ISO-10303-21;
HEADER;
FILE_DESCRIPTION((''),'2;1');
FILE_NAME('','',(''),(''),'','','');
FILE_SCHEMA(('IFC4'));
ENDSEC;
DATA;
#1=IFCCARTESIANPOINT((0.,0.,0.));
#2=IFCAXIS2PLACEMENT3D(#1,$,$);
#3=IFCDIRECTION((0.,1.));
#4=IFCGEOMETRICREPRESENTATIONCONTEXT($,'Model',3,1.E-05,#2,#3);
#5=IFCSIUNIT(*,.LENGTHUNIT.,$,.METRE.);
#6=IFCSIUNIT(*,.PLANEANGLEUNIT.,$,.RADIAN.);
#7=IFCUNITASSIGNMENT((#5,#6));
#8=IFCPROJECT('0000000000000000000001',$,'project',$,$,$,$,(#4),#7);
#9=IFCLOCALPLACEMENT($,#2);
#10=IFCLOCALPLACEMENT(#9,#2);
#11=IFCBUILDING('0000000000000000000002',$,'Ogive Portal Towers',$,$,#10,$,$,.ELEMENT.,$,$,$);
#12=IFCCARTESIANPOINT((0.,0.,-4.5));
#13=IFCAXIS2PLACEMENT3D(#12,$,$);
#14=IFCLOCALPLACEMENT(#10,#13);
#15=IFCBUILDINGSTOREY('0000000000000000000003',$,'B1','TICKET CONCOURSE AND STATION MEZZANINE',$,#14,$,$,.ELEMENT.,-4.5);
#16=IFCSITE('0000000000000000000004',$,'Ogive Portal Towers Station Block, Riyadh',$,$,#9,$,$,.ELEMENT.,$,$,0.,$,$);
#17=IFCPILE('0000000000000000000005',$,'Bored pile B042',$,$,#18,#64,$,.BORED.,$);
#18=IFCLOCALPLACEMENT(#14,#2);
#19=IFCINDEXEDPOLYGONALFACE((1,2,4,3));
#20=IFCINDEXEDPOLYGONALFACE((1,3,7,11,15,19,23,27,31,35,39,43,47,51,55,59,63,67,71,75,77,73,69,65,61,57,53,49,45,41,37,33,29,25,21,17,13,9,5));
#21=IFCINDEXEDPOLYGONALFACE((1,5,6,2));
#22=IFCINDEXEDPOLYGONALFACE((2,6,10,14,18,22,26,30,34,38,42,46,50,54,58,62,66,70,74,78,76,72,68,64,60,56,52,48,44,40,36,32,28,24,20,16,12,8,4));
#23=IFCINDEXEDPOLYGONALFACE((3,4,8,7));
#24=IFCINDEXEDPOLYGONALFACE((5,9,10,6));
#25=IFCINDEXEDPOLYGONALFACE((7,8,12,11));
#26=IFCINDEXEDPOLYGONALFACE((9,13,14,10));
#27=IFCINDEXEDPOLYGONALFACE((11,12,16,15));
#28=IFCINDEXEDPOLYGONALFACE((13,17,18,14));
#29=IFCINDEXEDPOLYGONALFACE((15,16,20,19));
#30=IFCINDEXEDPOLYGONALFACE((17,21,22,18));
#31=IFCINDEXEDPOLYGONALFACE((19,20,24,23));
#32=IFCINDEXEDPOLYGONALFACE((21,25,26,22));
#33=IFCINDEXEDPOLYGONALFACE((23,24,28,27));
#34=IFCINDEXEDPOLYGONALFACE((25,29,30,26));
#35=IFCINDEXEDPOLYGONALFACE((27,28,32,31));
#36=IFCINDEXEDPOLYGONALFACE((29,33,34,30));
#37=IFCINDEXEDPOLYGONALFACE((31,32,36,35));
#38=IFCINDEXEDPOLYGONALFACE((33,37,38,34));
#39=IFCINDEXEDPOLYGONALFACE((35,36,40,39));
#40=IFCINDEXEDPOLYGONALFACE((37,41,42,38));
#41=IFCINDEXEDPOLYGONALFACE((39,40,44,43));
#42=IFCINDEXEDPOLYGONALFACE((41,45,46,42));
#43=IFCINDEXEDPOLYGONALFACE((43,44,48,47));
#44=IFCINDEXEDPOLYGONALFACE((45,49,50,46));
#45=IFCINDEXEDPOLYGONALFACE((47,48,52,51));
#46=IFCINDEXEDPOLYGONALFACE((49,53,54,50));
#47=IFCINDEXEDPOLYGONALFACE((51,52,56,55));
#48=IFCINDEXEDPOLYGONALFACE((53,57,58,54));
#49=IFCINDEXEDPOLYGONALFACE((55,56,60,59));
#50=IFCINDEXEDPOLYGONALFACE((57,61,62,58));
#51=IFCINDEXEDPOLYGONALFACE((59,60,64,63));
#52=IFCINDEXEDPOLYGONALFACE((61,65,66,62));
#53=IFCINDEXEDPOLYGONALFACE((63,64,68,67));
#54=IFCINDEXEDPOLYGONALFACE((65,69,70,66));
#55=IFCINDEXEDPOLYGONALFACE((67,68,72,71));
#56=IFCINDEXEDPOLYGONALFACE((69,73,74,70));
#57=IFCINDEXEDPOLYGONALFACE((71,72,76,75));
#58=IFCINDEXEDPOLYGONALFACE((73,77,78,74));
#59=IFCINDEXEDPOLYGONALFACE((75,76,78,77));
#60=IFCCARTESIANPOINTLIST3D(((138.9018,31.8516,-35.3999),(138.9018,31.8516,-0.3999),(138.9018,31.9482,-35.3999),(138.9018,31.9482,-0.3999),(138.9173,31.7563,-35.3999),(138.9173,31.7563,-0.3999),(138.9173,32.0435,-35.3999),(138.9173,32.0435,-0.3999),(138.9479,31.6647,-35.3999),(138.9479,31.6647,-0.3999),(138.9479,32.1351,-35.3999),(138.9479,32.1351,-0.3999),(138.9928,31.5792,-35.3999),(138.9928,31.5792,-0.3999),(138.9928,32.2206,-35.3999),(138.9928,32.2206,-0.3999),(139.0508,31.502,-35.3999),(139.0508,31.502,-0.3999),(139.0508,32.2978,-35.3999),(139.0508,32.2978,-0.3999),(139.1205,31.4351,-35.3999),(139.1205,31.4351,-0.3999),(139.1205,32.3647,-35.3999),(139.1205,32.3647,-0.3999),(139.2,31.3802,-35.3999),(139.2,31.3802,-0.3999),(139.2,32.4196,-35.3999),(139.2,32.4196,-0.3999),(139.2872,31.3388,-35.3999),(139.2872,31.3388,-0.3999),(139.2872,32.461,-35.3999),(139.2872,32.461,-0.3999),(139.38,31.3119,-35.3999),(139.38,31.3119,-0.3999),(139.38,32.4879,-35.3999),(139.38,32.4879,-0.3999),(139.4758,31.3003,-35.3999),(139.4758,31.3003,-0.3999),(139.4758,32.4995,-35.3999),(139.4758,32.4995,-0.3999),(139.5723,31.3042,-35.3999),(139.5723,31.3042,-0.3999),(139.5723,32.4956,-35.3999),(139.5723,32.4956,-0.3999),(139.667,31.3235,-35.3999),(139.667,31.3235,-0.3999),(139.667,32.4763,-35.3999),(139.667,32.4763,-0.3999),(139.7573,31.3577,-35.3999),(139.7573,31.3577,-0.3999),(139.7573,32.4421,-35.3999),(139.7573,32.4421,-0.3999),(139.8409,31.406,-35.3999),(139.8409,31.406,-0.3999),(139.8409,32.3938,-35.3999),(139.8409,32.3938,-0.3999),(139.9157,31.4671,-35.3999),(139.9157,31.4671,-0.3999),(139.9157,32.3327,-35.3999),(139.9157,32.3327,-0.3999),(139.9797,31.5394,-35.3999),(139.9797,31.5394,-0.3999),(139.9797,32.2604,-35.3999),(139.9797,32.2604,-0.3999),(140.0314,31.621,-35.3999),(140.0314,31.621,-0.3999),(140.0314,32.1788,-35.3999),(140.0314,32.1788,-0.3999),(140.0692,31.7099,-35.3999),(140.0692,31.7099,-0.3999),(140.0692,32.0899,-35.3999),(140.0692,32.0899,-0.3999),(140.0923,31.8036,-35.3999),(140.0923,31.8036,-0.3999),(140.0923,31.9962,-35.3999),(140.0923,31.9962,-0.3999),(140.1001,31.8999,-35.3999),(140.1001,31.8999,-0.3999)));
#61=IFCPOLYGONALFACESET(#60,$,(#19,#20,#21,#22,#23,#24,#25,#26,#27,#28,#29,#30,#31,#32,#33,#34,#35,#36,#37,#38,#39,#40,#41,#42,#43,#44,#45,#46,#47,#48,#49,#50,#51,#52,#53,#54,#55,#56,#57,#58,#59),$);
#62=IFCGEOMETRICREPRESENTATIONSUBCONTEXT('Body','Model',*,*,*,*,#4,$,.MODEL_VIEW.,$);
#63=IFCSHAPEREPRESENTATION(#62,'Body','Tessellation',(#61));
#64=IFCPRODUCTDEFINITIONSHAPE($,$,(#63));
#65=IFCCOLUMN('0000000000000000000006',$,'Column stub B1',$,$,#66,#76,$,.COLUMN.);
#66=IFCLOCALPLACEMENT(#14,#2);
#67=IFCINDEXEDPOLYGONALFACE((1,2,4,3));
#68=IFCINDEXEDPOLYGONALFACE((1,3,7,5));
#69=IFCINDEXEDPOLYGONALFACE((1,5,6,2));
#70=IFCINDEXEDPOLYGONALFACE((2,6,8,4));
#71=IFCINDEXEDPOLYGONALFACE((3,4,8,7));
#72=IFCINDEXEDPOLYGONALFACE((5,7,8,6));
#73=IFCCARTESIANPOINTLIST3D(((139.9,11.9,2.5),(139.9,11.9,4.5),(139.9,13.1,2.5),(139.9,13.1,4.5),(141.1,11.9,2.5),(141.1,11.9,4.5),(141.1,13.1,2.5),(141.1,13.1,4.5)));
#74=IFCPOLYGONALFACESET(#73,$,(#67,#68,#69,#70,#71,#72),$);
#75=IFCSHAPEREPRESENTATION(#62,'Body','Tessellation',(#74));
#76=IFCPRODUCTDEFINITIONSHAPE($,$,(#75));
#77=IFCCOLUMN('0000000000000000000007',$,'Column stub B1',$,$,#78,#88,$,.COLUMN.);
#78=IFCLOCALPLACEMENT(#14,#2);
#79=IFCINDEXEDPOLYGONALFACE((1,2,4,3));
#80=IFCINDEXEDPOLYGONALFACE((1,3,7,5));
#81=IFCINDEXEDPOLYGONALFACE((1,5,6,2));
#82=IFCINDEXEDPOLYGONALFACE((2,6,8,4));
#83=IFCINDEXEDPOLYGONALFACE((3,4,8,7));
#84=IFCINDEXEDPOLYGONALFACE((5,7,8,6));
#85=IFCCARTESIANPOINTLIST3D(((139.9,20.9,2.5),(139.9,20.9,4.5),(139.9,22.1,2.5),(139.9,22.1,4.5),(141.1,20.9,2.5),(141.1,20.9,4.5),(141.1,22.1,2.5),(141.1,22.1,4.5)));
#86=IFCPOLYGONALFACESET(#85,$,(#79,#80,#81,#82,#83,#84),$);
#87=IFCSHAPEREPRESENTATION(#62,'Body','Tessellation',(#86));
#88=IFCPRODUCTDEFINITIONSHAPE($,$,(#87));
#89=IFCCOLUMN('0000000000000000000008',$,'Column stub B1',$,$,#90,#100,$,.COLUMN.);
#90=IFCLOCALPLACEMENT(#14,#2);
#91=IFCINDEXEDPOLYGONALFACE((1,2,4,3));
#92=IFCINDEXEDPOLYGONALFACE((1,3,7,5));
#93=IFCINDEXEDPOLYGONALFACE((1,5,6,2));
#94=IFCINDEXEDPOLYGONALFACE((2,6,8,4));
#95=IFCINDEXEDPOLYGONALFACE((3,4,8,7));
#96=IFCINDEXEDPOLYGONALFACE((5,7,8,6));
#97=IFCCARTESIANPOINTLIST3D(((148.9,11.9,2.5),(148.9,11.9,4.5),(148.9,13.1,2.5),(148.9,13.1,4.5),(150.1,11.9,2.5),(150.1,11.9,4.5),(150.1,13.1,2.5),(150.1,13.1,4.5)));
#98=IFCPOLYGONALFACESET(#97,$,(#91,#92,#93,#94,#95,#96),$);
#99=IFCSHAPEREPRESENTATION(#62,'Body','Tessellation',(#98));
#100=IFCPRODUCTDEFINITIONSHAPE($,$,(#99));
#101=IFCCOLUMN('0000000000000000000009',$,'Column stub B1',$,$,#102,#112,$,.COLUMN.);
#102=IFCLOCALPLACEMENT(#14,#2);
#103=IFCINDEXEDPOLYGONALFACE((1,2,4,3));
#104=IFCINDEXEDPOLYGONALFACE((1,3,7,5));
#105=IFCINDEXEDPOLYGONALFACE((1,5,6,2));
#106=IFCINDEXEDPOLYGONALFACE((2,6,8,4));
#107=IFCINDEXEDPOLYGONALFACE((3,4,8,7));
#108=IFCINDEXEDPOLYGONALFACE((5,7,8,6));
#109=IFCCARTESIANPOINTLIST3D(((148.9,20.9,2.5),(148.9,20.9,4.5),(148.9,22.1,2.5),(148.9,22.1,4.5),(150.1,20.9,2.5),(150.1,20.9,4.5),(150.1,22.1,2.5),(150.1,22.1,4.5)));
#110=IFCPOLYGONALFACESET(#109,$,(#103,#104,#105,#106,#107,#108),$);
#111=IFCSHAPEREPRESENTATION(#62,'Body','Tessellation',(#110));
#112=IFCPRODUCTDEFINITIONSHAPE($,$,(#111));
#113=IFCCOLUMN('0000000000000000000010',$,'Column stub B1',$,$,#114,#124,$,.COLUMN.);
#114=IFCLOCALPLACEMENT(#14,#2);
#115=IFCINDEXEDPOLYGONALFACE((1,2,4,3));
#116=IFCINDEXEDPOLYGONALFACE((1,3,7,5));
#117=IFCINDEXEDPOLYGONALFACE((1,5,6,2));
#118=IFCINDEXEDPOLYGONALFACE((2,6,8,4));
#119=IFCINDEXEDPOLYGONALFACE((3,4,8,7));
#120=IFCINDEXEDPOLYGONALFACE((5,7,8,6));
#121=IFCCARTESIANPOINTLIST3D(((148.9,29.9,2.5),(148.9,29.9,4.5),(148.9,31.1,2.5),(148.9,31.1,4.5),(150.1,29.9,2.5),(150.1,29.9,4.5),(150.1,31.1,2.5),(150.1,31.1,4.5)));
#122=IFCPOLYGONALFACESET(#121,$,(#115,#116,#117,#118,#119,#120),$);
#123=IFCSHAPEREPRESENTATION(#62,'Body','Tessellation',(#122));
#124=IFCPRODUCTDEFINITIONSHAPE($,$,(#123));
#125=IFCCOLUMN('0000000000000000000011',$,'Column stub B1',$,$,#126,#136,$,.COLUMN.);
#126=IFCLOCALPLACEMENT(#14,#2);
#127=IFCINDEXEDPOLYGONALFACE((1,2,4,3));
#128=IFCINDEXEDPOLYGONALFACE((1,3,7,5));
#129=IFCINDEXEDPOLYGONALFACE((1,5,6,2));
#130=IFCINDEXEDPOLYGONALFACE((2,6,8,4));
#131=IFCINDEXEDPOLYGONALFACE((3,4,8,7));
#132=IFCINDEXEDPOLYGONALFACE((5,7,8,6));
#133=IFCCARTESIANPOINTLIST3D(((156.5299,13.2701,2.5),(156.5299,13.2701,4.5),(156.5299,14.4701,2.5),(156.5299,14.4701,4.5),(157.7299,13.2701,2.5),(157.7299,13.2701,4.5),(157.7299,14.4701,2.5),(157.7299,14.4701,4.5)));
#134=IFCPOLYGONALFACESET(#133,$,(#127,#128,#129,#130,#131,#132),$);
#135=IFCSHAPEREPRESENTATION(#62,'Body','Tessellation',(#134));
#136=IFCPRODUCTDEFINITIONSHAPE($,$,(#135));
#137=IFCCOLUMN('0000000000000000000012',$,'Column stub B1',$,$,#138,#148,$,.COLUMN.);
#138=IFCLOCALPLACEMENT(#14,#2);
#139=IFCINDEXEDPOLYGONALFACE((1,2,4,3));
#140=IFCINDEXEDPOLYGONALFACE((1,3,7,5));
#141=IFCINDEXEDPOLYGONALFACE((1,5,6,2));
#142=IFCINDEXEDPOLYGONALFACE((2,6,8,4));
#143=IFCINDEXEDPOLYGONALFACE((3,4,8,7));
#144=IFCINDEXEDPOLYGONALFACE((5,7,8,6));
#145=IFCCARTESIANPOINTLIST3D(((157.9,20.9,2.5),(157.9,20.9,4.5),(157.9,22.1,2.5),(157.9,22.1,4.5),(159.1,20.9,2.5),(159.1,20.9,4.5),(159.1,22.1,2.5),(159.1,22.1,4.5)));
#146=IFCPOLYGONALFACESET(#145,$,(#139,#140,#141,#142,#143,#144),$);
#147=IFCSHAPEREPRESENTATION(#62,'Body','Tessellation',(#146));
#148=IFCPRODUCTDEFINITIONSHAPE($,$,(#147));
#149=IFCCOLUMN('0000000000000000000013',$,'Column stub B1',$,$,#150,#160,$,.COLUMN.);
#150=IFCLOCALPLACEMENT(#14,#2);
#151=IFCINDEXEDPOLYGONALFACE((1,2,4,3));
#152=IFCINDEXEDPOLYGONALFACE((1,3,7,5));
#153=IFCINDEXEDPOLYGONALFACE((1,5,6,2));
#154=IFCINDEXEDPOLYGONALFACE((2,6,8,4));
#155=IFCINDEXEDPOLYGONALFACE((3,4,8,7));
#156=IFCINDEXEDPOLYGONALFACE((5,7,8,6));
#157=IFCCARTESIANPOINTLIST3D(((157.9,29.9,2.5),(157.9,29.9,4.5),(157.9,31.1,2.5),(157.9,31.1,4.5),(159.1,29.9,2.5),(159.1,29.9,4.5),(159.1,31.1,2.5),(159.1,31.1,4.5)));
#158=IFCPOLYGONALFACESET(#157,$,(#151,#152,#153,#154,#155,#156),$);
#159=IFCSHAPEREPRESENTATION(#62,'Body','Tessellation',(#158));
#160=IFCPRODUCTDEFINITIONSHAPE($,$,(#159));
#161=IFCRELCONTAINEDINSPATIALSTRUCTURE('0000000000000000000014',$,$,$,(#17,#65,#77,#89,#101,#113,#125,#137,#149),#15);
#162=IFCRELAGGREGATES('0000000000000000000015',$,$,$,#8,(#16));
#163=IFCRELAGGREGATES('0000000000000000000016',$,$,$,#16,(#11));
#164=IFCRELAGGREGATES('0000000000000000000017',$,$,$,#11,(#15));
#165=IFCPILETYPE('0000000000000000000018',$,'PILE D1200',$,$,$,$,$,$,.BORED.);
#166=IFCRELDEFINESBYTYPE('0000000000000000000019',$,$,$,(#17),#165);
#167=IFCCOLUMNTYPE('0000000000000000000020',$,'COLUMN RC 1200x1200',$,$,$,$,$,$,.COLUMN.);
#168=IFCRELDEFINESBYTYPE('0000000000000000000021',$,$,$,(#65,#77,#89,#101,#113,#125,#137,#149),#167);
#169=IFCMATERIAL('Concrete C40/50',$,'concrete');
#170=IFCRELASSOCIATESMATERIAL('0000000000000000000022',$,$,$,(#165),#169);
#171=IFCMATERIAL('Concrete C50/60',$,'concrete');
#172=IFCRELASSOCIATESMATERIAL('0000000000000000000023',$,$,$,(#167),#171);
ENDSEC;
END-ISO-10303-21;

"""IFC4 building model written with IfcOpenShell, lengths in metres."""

from ifc_helpers import new_model, si_unit, direction, frame, origin, origin_2d, place, context, subcontext, project, spatial, rectangle, circle, extrude, material, material_profile, profile_set, type_object, element, save


model = new_model("IFC4")

# Units and contexts
model_context = context("Model", 3, precision=1e-05, world=origin(), true_north=direction((0.0, 1.0)))
body_context = subcontext(model_context, "Body", "Model", "MODEL_VIEW")
ifc_project = project(units=[si_unit("LENGTHUNIT", "METRE"), si_unit("PLANEANGLEUNIT", "RADIAN")], contexts=[model_context])

# Site, building, storey
site_placement = place(None, origin())
site = spatial("IfcSite", under=ifc_project, at=site_placement, Name="Ogive Portal Towers Station Block, Riyadh", CompositionType="ELEMENT", RefElevation=0.0)
building_placement = place(site_placement, origin())
building = spatial("IfcBuilding", under=site, at=building_placement, Name="Ogive Portal Towers", CompositionType="ELEMENT")
storey_placement = place(building_placement, frame((0.0, 0.0, -4.5)))
storey = spatial("IfcBuildingStorey", under=building, at=storey_placement, Name="B1", Description="TICKET CONCOURSE AND STATION MEZZANINE", CompositionType="ELEMENT", Elevation=-4.5)

# Pile
ifc_material_1 = material(Name="Concrete C40/50", Category="concrete")
ifc_material_profile_1 = material_profile(ifc_material_1, circle(Radius=0.6001, at=origin_2d()), Name="PILE D1200")
ifc_profile_set_1 = profile_set([ifc_material_profile_1], Name="Concrete C40/50")
pile_type = type_object("IfcPileType", Name="PILE D1200", PredefinedType="BORED", material=ifc_profile_set_1)
for number, where, z_axis, x_axis, name in (
    (1, (139.5, 31.8999, -0.3999), (0.0, 0.0, -1.0), (1.0, 0.0, 0.0), "Bored pile B042"),
):
    element("IfcPile", number, at=place(storey_placement, frame(where, z_axis=z_axis, x_axis=x_axis)), inside=storey, type_object=pile_type, Name=name, PredefinedType="BORED", context=body_context, shape_type="SweptSolid", body=[
        extrude(circle(Radius=0.6001, at=origin_2d()), origin(), (0.0, 0.0, 1.0), 35.0),
    ])

# Columns
ifc_material_2 = material(Name="Concrete C50/60", Category="concrete")
ifc_material_profile_2 = material_profile(ifc_material_2, rectangle(XDim=1.2, YDim=1.2, at=origin_2d()), Name="RC 1200x1200")
ifc_profile_set_2 = profile_set([ifc_material_profile_2], Name="Concrete C50/60")
column_type = type_object("IfcColumnType", Name="COLUMN RC 1200x1200", PredefinedType="COLUMN", material=ifc_profile_set_2)
for number, where, z_axis, x_axis, name in (
    (2, (140.5, 12.5, 2.5), (0.0, 0.0, 1.0), (1.0, 0.0, 0.0), "Column stub B1"),
    (3, (140.5, 21.5, 2.5), (0.0, 0.0, 1.0), (1.0, 0.0, 0.0), "Column stub B1"),
    (4, (149.5, 12.5, 2.5), (0.0, 0.0, 1.0), (1.0, 0.0, 0.0), "Column stub B1"),
    (5, (149.5, 21.5, 2.5), (0.0, 0.0, 1.0), (1.0, 0.0, 0.0), "Column stub B1"),
    (6, (149.5, 30.5, 2.5), (0.0, 0.0, 1.0), (1.0, 0.0, 0.0), "Column stub B1"),
    (7, (157.1299, 13.8701, 2.5), (0.0, 0.0, 1.0), (1.0, 0.0, 0.0), "Column stub B1"),
    (8, (158.5, 21.5, 2.5), (0.0, 0.0, 1.0), (1.0, 0.0, 0.0), "Column stub B1"),
    (9, (158.5, 30.5, 2.5), (0.0, 0.0, 1.0), (1.0, 0.0, 0.0), "Column stub B1"),
):
    element("IfcColumn", number, at=place(storey_placement, frame(where, z_axis=z_axis, x_axis=x_axis)), inside=storey, type_object=column_type, Name=name, PredefinedType="COLUMN", context=body_context, shape_type="SweptSolid", body=[
        extrude(rectangle(XDim=1.2, YDim=1.2, at=origin_2d()), origin(), (0.0, 0.0, 1.0), 2.0),
    ])

save(model, "model.ifc")
